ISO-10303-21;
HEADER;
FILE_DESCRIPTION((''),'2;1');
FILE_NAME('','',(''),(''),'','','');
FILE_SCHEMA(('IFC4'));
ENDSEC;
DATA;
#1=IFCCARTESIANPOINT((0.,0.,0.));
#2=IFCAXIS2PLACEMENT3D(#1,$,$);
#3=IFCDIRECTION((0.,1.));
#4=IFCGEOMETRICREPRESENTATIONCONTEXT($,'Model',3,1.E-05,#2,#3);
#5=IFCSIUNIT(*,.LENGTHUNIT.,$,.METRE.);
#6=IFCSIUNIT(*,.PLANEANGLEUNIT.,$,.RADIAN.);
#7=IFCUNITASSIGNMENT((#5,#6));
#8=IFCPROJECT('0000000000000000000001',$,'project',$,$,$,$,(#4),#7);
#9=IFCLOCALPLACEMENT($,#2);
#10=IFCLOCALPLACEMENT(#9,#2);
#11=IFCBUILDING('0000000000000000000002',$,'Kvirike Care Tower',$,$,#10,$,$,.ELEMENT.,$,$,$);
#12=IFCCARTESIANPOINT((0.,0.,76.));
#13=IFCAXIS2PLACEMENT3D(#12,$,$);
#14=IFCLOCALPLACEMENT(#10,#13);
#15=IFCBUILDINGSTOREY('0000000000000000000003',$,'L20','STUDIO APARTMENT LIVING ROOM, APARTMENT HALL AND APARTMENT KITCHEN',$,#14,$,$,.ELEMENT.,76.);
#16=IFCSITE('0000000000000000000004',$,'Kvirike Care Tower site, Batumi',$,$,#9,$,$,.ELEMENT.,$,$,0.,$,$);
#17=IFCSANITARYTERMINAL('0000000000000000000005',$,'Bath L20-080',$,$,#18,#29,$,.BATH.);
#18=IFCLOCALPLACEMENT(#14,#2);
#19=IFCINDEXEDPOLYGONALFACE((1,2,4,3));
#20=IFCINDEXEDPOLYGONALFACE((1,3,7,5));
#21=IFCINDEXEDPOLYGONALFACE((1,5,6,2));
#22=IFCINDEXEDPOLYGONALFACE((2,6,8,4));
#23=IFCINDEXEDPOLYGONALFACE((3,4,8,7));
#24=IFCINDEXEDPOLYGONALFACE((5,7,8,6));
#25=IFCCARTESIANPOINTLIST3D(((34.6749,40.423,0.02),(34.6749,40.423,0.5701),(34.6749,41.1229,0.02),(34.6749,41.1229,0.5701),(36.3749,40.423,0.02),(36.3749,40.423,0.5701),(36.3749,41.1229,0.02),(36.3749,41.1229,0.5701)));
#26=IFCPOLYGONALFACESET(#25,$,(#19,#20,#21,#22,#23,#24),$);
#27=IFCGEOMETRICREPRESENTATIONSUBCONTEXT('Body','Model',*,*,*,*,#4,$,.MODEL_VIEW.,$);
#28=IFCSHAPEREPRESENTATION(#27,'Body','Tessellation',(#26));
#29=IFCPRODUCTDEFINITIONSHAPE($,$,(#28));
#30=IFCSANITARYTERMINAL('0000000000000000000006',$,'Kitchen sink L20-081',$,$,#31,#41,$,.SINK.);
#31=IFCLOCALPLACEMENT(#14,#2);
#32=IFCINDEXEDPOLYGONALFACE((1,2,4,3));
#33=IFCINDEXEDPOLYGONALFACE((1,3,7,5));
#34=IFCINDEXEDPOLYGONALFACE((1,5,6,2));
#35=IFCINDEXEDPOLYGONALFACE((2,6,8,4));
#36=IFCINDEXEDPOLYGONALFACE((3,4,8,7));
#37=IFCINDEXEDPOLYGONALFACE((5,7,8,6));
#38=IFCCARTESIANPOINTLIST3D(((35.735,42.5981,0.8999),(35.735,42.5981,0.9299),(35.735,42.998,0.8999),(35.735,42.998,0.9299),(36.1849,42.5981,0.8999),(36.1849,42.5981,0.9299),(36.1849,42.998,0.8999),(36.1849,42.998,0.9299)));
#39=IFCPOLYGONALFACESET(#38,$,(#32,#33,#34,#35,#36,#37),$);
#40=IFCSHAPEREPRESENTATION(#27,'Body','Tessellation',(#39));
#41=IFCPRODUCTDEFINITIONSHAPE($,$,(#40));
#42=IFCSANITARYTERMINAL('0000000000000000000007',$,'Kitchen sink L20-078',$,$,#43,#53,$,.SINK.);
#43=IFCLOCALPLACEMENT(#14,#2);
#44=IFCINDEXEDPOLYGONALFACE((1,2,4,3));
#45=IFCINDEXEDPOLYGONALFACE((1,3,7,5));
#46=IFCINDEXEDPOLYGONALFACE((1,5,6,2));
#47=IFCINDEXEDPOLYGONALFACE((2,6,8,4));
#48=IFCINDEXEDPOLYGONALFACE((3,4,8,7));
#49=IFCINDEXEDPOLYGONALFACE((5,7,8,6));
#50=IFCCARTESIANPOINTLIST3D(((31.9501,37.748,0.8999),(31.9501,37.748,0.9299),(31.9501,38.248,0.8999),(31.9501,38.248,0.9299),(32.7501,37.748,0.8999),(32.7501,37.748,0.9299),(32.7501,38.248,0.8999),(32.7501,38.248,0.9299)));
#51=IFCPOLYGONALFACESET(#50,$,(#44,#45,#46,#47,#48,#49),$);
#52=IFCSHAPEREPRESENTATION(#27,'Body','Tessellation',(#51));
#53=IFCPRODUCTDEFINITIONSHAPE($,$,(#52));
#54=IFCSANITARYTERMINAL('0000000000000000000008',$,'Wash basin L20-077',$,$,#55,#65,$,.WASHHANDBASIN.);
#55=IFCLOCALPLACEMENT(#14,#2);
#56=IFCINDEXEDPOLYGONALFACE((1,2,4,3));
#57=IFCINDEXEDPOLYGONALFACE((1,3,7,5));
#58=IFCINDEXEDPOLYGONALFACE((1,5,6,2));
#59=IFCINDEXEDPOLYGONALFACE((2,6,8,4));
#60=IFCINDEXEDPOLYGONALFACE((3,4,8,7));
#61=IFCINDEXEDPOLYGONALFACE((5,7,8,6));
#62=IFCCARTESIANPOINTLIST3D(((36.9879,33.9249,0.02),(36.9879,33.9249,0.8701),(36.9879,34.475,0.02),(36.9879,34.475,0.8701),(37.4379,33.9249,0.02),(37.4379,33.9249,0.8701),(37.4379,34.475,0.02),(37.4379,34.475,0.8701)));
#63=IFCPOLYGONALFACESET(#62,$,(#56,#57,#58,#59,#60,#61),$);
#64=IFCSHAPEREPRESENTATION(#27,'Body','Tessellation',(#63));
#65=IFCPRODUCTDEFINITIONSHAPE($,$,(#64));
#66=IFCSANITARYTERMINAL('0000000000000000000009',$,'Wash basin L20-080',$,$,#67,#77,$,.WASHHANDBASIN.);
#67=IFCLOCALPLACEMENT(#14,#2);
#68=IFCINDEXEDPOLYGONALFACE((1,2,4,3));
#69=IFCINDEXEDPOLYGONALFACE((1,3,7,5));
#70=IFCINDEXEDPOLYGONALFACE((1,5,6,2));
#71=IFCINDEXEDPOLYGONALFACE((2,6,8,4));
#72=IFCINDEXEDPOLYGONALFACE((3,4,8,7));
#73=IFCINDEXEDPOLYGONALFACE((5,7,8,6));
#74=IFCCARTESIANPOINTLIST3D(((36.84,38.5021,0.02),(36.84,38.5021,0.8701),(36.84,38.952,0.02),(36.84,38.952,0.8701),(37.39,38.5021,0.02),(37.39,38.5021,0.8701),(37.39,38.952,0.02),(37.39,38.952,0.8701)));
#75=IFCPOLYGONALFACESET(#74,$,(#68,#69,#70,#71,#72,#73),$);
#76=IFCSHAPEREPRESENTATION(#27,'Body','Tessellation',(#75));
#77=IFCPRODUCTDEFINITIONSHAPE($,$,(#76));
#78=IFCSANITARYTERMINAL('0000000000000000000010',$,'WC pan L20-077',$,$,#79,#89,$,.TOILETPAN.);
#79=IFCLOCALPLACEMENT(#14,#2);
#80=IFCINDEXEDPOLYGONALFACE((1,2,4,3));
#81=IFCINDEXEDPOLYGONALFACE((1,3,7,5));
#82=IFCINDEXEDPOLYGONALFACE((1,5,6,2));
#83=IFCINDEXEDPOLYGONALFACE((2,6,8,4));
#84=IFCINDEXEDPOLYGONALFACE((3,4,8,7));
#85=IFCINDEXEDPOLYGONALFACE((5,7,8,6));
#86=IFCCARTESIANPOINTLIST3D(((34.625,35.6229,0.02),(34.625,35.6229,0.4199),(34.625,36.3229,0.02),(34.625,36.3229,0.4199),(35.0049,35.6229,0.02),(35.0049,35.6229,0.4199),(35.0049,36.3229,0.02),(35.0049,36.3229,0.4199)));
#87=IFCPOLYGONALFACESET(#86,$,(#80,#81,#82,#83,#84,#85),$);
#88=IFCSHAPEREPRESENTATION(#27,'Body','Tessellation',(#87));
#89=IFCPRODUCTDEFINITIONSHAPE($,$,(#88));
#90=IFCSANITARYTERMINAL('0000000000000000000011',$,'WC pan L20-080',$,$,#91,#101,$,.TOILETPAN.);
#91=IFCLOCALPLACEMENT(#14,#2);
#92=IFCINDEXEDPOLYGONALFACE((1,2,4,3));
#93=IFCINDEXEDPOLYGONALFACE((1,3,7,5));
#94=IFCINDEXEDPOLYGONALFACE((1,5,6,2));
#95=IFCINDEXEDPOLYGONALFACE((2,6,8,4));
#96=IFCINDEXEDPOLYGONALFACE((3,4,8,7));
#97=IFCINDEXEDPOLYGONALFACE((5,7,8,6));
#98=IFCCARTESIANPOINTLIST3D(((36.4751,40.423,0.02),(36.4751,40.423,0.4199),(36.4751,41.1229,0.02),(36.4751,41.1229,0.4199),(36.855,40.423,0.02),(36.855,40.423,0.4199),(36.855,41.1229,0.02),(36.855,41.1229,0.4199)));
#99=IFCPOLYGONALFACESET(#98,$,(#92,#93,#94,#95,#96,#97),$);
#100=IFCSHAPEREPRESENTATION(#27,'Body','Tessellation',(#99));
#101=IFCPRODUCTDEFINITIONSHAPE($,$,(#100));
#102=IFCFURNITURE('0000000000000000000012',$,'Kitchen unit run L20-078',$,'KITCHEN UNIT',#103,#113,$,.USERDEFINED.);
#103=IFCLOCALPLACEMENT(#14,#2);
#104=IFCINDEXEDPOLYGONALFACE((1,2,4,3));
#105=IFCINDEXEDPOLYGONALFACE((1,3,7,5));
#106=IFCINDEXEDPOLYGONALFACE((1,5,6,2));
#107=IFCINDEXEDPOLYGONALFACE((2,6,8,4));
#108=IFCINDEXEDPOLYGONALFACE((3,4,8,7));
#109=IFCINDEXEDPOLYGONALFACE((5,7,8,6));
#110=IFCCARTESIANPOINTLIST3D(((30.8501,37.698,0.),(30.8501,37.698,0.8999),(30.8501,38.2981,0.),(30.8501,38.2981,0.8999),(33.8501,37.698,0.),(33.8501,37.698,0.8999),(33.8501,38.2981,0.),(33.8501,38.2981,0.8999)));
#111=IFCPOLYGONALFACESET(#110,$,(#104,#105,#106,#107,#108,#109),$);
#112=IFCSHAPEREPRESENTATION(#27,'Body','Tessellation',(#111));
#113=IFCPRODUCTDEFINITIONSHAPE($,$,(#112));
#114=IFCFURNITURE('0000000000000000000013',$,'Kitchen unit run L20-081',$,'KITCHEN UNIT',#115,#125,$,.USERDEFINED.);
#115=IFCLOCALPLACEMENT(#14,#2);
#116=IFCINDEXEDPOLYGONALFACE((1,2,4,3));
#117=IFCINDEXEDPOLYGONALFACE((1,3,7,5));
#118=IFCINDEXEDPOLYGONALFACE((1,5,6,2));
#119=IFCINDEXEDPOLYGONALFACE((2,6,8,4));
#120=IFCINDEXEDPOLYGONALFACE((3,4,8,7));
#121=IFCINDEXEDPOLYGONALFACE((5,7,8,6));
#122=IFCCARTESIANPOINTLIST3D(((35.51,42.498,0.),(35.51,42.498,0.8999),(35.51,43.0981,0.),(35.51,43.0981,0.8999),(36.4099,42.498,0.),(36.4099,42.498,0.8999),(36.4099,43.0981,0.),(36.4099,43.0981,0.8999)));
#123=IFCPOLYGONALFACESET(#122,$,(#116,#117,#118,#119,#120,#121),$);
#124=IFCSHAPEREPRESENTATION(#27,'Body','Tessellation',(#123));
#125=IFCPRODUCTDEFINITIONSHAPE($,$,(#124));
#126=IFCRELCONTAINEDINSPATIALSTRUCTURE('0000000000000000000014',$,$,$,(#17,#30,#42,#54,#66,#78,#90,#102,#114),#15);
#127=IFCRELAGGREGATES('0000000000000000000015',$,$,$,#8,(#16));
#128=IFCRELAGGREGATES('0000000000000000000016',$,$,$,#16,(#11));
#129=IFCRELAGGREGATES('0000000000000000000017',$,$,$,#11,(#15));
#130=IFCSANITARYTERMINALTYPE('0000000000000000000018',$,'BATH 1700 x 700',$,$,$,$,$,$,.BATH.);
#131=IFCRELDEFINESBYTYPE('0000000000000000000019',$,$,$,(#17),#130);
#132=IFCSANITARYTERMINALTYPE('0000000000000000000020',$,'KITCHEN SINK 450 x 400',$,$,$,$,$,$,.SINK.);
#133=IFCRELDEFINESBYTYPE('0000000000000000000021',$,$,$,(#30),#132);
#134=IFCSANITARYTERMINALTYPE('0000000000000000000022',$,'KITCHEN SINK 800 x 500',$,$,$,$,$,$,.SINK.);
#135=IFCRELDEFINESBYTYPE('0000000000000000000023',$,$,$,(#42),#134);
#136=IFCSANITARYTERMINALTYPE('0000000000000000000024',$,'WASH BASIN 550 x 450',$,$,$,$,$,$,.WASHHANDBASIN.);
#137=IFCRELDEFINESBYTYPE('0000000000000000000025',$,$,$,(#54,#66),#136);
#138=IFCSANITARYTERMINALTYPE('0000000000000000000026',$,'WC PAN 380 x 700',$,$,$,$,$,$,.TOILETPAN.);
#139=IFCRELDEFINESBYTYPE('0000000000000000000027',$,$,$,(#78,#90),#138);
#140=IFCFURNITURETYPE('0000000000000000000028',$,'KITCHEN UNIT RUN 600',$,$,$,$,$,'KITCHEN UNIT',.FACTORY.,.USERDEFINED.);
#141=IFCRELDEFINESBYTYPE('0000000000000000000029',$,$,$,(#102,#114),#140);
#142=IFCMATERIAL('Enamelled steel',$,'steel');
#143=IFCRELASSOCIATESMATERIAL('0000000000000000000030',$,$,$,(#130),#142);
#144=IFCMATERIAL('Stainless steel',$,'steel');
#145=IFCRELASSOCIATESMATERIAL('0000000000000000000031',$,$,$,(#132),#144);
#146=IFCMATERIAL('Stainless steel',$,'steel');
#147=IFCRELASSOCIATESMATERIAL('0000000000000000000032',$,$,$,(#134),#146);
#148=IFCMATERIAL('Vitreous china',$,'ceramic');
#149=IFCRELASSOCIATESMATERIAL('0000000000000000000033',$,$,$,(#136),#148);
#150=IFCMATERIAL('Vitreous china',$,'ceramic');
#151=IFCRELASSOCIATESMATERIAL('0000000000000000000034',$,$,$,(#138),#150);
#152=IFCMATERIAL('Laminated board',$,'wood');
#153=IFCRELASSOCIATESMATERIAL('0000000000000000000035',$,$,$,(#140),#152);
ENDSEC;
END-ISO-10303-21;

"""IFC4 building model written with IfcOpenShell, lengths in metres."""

from ifc_helpers import new_model, si_unit, direction, frame, origin, origin_2d, place, context, subcontext, project, spatial, rectangle, extrude, material, type_object, element, save


model = new_model("IFC4")

# Units and contexts
model_context = context("Model", 3, precision=1e-05, world=origin(), true_north=direction((0.0, 1.0)))
body_context = subcontext(model_context, "Body", "Model", "MODEL_VIEW")
ifc_project = project(units=[si_unit("LENGTHUNIT", "METRE"), si_unit("PLANEANGLEUNIT", "RADIAN")], contexts=[model_context])

# Site, building, storey
site_placement = place(None, origin())
site = spatial("IfcSite", under=ifc_project, at=site_placement, Name="Kvirike Care Tower site, Batumi", CompositionType="ELEMENT", RefElevation=0.0)
building_placement = place(site_placement, origin())
building = spatial("IfcBuilding", under=site, at=building_placement, Name="Kvirike Care Tower", CompositionType="ELEMENT")
storey_placement = place(building_placement, frame((0.0, 0.0, 76.0)))
storey = spatial("IfcBuildingStorey", under=building, at=storey_placement, Name="L20", Description="STUDIO APARTMENT LIVING ROOM, APARTMENT HALL AND APARTMENT KITCHEN", CompositionType="ELEMENT", Elevation=76.0)

# Sanitary terminals
ifc_material_1 = material(Name="Enamelled steel", Category="steel")
sanitary_terminal_type_1 = type_object("IfcSanitaryTerminalType", Name="BATH 1700 x 700", PredefinedType="BATH", material=ifc_material_1)
for number, where, z_axis, x_axis, name in (
    (1, (35.5249, 40.7729, 0.02), (0.0, 0.0, 1.0), (1.0, 0.0, 0.0), "Bath L20-080"),
):
    element("IfcSanitaryTerminal", number, at=place(storey_placement, frame(where, z_axis=z_axis, x_axis=x_axis)), inside=storey, type_object=sanitary_terminal_type_1, Name=name, PredefinedType="BATH", context=body_context, shape_type="SweptSolid", body=[
        extrude(rectangle(XDim=1.7, YDim=0.7, at=origin_2d()), origin(), (0.0, 0.0, 1.0), 0.55),
    ])
ifc_material_2 = material(Name="Stainless steel", Category="steel")
sanitary_terminal_type_2 = type_object("IfcSanitaryTerminalType", Name="KITCHEN SINK 450 x 400", PredefinedType="SINK", material=ifc_material_2)
sanitary_terminal_1_placement = place(storey_placement, frame((35.96, 42.7981, 0.8999), z_axis=(0.0, 0.0, 1.0), x_axis=(1.0, 0.0, 0.0)))
element("IfcSanitaryTerminal", 2, at=sanitary_terminal_1_placement, inside=storey, type_object=sanitary_terminal_type_2, Name="Kitchen sink L20-081", PredefinedType="SINK", context=body_context, shape_type="SweptSolid", body=[
    extrude(rectangle(XDim=0.45, YDim=0.3999, at=origin_2d()), origin(), (0.0, 0.0, 1.0), 0.03),
])
ifc_material_3 = material(Name="Stainless steel", Category="steel")
sanitary_terminal_type_3 = type_object("IfcSanitaryTerminalType", Name="KITCHEN SINK 800 x 500", PredefinedType="SINK", material=ifc_material_3)
sanitary_terminal_2_placement = place(storey_placement, frame((32.3501, 37.998, 0.8999), z_axis=(0.0, 0.0, 1.0), x_axis=(1.0, 0.0, 0.0)))
element("IfcSanitaryTerminal", 3, at=sanitary_terminal_2_placement, inside=storey, type_object=sanitary_terminal_type_3, Name="Kitchen sink L20-078", PredefinedType="SINK", context=body_context, shape_type="SweptSolid", body=[
    extrude(rectangle(XDim=0.8, YDim=0.5, at=origin_2d()), origin(), (0.0, 0.0, 1.0), 0.03),
])
ifc_material_4 = material(Name="Vitreous china", Category="ceramic")
sanitary_terminal_type_4 = type_object("IfcSanitaryTerminalType", Name="WASH BASIN 550 x 450", PredefinedType="WASHHANDBASIN", material=ifc_material_4)
for number, where, z_axis, x_axis, name in (
    (4, (37.2129, 34.2, 0.02), (0.0, 0.0, 1.0), (0.0, -1.0, 0.0), "Wash basin L20-077"),
    (5, (37.115, 38.7271, 0.02), (0.0, 0.0, 1.0), (-1.0, 0.0, 0.0), "Wash basin L20-080"),
):
    element("IfcSanitaryTerminal", number, at=place(storey_placement, frame(where, z_axis=z_axis, x_axis=x_axis)), inside=storey, type_object=sanitary_terminal_type_4, Name=name, PredefinedType="WASHHANDBASIN", context=body_context, shape_type="SweptSolid", body=[
        extrude(rectangle(XDim=0.55, YDim=0.45, at=origin_2d()), origin(), (0.0, 0.0, 1.0), 0.8501),
    ])
ifc_material_5 = material(Name="Vitreous china", Category="ceramic")
sanitary_terminal_type_5 = type_object("IfcSanitaryTerminalType", Name="WC PAN 380 x 700", PredefinedType="TOILETPAN", material=ifc_material_5)
for number, where, z_axis, x_axis, name in (
    (6, (34.8149, 35.9729, 0.02), (0.0, 0.0, 1.0), (1.0, 0.0, 0.0), "WC pan L20-077"),
    (7, (36.665, 40.7729, 0.02), (0.0, 0.0, 1.0), (1.0, 0.0, 0.0), "WC pan L20-080"),
):
    element("IfcSanitaryTerminal", number, at=place(storey_placement, frame(where, z_axis=z_axis, x_axis=x_axis)), inside=storey, type_object=sanitary_terminal_type_5, Name=name, PredefinedType="TOILETPAN", context=body_context, shape_type="SweptSolid", body=[
        extrude(rectangle(XDim=0.3799, YDim=0.7, at=origin_2d()), origin(), (0.0, 0.0, 1.0), 0.3999),
    ])

# Furniture
ifc_material_6 = material(Name="Laminated board", Category="wood")
furniture_type = type_object("IfcFurnitureType", Name="KITCHEN UNIT RUN 600", ElementType="KITCHEN UNIT", AssemblyPlace="FACTORY", PredefinedType="USERDEFINED", material=ifc_material_6)
furniture_1_placement = place(storey_placement, frame((32.3501, 37.998, 0.0), z_axis=(0.0, 0.0, 1.0), x_axis=(1.0, 0.0, 0.0)))
element("IfcFurniture", 8, at=furniture_1_placement, inside=storey, type_object=furniture_type, Name="Kitchen unit run L20-078", ObjectType="KITCHEN UNIT", PredefinedType="USERDEFINED", context=body_context, shape_type="SweptSolid", body=[
    extrude(rectangle(XDim=3.0, YDim=0.6001, at=origin_2d()), origin(), (0.0, 0.0, 1.0), 0.8999),
])
furniture_2_placement = place(storey_placement, frame((35.96, 42.7981, 0.0), z_axis=(0.0, 0.0, 1.0), x_axis=(1.0, 0.0, 0.0)))
element("IfcFurniture", 9, at=furniture_2_placement, inside=storey, type_object=furniture_type, Name="Kitchen unit run L20-081", ObjectType="KITCHEN UNIT", PredefinedType="USERDEFINED", context=body_context, shape_type="SweptSolid", body=[
    extrude(rectangle(XDim=0.8999, YDim=0.6001, at=origin_2d()), origin(), (0.0, 0.0, 1.0), 0.8999),
])

save(model, "model.ifc")
